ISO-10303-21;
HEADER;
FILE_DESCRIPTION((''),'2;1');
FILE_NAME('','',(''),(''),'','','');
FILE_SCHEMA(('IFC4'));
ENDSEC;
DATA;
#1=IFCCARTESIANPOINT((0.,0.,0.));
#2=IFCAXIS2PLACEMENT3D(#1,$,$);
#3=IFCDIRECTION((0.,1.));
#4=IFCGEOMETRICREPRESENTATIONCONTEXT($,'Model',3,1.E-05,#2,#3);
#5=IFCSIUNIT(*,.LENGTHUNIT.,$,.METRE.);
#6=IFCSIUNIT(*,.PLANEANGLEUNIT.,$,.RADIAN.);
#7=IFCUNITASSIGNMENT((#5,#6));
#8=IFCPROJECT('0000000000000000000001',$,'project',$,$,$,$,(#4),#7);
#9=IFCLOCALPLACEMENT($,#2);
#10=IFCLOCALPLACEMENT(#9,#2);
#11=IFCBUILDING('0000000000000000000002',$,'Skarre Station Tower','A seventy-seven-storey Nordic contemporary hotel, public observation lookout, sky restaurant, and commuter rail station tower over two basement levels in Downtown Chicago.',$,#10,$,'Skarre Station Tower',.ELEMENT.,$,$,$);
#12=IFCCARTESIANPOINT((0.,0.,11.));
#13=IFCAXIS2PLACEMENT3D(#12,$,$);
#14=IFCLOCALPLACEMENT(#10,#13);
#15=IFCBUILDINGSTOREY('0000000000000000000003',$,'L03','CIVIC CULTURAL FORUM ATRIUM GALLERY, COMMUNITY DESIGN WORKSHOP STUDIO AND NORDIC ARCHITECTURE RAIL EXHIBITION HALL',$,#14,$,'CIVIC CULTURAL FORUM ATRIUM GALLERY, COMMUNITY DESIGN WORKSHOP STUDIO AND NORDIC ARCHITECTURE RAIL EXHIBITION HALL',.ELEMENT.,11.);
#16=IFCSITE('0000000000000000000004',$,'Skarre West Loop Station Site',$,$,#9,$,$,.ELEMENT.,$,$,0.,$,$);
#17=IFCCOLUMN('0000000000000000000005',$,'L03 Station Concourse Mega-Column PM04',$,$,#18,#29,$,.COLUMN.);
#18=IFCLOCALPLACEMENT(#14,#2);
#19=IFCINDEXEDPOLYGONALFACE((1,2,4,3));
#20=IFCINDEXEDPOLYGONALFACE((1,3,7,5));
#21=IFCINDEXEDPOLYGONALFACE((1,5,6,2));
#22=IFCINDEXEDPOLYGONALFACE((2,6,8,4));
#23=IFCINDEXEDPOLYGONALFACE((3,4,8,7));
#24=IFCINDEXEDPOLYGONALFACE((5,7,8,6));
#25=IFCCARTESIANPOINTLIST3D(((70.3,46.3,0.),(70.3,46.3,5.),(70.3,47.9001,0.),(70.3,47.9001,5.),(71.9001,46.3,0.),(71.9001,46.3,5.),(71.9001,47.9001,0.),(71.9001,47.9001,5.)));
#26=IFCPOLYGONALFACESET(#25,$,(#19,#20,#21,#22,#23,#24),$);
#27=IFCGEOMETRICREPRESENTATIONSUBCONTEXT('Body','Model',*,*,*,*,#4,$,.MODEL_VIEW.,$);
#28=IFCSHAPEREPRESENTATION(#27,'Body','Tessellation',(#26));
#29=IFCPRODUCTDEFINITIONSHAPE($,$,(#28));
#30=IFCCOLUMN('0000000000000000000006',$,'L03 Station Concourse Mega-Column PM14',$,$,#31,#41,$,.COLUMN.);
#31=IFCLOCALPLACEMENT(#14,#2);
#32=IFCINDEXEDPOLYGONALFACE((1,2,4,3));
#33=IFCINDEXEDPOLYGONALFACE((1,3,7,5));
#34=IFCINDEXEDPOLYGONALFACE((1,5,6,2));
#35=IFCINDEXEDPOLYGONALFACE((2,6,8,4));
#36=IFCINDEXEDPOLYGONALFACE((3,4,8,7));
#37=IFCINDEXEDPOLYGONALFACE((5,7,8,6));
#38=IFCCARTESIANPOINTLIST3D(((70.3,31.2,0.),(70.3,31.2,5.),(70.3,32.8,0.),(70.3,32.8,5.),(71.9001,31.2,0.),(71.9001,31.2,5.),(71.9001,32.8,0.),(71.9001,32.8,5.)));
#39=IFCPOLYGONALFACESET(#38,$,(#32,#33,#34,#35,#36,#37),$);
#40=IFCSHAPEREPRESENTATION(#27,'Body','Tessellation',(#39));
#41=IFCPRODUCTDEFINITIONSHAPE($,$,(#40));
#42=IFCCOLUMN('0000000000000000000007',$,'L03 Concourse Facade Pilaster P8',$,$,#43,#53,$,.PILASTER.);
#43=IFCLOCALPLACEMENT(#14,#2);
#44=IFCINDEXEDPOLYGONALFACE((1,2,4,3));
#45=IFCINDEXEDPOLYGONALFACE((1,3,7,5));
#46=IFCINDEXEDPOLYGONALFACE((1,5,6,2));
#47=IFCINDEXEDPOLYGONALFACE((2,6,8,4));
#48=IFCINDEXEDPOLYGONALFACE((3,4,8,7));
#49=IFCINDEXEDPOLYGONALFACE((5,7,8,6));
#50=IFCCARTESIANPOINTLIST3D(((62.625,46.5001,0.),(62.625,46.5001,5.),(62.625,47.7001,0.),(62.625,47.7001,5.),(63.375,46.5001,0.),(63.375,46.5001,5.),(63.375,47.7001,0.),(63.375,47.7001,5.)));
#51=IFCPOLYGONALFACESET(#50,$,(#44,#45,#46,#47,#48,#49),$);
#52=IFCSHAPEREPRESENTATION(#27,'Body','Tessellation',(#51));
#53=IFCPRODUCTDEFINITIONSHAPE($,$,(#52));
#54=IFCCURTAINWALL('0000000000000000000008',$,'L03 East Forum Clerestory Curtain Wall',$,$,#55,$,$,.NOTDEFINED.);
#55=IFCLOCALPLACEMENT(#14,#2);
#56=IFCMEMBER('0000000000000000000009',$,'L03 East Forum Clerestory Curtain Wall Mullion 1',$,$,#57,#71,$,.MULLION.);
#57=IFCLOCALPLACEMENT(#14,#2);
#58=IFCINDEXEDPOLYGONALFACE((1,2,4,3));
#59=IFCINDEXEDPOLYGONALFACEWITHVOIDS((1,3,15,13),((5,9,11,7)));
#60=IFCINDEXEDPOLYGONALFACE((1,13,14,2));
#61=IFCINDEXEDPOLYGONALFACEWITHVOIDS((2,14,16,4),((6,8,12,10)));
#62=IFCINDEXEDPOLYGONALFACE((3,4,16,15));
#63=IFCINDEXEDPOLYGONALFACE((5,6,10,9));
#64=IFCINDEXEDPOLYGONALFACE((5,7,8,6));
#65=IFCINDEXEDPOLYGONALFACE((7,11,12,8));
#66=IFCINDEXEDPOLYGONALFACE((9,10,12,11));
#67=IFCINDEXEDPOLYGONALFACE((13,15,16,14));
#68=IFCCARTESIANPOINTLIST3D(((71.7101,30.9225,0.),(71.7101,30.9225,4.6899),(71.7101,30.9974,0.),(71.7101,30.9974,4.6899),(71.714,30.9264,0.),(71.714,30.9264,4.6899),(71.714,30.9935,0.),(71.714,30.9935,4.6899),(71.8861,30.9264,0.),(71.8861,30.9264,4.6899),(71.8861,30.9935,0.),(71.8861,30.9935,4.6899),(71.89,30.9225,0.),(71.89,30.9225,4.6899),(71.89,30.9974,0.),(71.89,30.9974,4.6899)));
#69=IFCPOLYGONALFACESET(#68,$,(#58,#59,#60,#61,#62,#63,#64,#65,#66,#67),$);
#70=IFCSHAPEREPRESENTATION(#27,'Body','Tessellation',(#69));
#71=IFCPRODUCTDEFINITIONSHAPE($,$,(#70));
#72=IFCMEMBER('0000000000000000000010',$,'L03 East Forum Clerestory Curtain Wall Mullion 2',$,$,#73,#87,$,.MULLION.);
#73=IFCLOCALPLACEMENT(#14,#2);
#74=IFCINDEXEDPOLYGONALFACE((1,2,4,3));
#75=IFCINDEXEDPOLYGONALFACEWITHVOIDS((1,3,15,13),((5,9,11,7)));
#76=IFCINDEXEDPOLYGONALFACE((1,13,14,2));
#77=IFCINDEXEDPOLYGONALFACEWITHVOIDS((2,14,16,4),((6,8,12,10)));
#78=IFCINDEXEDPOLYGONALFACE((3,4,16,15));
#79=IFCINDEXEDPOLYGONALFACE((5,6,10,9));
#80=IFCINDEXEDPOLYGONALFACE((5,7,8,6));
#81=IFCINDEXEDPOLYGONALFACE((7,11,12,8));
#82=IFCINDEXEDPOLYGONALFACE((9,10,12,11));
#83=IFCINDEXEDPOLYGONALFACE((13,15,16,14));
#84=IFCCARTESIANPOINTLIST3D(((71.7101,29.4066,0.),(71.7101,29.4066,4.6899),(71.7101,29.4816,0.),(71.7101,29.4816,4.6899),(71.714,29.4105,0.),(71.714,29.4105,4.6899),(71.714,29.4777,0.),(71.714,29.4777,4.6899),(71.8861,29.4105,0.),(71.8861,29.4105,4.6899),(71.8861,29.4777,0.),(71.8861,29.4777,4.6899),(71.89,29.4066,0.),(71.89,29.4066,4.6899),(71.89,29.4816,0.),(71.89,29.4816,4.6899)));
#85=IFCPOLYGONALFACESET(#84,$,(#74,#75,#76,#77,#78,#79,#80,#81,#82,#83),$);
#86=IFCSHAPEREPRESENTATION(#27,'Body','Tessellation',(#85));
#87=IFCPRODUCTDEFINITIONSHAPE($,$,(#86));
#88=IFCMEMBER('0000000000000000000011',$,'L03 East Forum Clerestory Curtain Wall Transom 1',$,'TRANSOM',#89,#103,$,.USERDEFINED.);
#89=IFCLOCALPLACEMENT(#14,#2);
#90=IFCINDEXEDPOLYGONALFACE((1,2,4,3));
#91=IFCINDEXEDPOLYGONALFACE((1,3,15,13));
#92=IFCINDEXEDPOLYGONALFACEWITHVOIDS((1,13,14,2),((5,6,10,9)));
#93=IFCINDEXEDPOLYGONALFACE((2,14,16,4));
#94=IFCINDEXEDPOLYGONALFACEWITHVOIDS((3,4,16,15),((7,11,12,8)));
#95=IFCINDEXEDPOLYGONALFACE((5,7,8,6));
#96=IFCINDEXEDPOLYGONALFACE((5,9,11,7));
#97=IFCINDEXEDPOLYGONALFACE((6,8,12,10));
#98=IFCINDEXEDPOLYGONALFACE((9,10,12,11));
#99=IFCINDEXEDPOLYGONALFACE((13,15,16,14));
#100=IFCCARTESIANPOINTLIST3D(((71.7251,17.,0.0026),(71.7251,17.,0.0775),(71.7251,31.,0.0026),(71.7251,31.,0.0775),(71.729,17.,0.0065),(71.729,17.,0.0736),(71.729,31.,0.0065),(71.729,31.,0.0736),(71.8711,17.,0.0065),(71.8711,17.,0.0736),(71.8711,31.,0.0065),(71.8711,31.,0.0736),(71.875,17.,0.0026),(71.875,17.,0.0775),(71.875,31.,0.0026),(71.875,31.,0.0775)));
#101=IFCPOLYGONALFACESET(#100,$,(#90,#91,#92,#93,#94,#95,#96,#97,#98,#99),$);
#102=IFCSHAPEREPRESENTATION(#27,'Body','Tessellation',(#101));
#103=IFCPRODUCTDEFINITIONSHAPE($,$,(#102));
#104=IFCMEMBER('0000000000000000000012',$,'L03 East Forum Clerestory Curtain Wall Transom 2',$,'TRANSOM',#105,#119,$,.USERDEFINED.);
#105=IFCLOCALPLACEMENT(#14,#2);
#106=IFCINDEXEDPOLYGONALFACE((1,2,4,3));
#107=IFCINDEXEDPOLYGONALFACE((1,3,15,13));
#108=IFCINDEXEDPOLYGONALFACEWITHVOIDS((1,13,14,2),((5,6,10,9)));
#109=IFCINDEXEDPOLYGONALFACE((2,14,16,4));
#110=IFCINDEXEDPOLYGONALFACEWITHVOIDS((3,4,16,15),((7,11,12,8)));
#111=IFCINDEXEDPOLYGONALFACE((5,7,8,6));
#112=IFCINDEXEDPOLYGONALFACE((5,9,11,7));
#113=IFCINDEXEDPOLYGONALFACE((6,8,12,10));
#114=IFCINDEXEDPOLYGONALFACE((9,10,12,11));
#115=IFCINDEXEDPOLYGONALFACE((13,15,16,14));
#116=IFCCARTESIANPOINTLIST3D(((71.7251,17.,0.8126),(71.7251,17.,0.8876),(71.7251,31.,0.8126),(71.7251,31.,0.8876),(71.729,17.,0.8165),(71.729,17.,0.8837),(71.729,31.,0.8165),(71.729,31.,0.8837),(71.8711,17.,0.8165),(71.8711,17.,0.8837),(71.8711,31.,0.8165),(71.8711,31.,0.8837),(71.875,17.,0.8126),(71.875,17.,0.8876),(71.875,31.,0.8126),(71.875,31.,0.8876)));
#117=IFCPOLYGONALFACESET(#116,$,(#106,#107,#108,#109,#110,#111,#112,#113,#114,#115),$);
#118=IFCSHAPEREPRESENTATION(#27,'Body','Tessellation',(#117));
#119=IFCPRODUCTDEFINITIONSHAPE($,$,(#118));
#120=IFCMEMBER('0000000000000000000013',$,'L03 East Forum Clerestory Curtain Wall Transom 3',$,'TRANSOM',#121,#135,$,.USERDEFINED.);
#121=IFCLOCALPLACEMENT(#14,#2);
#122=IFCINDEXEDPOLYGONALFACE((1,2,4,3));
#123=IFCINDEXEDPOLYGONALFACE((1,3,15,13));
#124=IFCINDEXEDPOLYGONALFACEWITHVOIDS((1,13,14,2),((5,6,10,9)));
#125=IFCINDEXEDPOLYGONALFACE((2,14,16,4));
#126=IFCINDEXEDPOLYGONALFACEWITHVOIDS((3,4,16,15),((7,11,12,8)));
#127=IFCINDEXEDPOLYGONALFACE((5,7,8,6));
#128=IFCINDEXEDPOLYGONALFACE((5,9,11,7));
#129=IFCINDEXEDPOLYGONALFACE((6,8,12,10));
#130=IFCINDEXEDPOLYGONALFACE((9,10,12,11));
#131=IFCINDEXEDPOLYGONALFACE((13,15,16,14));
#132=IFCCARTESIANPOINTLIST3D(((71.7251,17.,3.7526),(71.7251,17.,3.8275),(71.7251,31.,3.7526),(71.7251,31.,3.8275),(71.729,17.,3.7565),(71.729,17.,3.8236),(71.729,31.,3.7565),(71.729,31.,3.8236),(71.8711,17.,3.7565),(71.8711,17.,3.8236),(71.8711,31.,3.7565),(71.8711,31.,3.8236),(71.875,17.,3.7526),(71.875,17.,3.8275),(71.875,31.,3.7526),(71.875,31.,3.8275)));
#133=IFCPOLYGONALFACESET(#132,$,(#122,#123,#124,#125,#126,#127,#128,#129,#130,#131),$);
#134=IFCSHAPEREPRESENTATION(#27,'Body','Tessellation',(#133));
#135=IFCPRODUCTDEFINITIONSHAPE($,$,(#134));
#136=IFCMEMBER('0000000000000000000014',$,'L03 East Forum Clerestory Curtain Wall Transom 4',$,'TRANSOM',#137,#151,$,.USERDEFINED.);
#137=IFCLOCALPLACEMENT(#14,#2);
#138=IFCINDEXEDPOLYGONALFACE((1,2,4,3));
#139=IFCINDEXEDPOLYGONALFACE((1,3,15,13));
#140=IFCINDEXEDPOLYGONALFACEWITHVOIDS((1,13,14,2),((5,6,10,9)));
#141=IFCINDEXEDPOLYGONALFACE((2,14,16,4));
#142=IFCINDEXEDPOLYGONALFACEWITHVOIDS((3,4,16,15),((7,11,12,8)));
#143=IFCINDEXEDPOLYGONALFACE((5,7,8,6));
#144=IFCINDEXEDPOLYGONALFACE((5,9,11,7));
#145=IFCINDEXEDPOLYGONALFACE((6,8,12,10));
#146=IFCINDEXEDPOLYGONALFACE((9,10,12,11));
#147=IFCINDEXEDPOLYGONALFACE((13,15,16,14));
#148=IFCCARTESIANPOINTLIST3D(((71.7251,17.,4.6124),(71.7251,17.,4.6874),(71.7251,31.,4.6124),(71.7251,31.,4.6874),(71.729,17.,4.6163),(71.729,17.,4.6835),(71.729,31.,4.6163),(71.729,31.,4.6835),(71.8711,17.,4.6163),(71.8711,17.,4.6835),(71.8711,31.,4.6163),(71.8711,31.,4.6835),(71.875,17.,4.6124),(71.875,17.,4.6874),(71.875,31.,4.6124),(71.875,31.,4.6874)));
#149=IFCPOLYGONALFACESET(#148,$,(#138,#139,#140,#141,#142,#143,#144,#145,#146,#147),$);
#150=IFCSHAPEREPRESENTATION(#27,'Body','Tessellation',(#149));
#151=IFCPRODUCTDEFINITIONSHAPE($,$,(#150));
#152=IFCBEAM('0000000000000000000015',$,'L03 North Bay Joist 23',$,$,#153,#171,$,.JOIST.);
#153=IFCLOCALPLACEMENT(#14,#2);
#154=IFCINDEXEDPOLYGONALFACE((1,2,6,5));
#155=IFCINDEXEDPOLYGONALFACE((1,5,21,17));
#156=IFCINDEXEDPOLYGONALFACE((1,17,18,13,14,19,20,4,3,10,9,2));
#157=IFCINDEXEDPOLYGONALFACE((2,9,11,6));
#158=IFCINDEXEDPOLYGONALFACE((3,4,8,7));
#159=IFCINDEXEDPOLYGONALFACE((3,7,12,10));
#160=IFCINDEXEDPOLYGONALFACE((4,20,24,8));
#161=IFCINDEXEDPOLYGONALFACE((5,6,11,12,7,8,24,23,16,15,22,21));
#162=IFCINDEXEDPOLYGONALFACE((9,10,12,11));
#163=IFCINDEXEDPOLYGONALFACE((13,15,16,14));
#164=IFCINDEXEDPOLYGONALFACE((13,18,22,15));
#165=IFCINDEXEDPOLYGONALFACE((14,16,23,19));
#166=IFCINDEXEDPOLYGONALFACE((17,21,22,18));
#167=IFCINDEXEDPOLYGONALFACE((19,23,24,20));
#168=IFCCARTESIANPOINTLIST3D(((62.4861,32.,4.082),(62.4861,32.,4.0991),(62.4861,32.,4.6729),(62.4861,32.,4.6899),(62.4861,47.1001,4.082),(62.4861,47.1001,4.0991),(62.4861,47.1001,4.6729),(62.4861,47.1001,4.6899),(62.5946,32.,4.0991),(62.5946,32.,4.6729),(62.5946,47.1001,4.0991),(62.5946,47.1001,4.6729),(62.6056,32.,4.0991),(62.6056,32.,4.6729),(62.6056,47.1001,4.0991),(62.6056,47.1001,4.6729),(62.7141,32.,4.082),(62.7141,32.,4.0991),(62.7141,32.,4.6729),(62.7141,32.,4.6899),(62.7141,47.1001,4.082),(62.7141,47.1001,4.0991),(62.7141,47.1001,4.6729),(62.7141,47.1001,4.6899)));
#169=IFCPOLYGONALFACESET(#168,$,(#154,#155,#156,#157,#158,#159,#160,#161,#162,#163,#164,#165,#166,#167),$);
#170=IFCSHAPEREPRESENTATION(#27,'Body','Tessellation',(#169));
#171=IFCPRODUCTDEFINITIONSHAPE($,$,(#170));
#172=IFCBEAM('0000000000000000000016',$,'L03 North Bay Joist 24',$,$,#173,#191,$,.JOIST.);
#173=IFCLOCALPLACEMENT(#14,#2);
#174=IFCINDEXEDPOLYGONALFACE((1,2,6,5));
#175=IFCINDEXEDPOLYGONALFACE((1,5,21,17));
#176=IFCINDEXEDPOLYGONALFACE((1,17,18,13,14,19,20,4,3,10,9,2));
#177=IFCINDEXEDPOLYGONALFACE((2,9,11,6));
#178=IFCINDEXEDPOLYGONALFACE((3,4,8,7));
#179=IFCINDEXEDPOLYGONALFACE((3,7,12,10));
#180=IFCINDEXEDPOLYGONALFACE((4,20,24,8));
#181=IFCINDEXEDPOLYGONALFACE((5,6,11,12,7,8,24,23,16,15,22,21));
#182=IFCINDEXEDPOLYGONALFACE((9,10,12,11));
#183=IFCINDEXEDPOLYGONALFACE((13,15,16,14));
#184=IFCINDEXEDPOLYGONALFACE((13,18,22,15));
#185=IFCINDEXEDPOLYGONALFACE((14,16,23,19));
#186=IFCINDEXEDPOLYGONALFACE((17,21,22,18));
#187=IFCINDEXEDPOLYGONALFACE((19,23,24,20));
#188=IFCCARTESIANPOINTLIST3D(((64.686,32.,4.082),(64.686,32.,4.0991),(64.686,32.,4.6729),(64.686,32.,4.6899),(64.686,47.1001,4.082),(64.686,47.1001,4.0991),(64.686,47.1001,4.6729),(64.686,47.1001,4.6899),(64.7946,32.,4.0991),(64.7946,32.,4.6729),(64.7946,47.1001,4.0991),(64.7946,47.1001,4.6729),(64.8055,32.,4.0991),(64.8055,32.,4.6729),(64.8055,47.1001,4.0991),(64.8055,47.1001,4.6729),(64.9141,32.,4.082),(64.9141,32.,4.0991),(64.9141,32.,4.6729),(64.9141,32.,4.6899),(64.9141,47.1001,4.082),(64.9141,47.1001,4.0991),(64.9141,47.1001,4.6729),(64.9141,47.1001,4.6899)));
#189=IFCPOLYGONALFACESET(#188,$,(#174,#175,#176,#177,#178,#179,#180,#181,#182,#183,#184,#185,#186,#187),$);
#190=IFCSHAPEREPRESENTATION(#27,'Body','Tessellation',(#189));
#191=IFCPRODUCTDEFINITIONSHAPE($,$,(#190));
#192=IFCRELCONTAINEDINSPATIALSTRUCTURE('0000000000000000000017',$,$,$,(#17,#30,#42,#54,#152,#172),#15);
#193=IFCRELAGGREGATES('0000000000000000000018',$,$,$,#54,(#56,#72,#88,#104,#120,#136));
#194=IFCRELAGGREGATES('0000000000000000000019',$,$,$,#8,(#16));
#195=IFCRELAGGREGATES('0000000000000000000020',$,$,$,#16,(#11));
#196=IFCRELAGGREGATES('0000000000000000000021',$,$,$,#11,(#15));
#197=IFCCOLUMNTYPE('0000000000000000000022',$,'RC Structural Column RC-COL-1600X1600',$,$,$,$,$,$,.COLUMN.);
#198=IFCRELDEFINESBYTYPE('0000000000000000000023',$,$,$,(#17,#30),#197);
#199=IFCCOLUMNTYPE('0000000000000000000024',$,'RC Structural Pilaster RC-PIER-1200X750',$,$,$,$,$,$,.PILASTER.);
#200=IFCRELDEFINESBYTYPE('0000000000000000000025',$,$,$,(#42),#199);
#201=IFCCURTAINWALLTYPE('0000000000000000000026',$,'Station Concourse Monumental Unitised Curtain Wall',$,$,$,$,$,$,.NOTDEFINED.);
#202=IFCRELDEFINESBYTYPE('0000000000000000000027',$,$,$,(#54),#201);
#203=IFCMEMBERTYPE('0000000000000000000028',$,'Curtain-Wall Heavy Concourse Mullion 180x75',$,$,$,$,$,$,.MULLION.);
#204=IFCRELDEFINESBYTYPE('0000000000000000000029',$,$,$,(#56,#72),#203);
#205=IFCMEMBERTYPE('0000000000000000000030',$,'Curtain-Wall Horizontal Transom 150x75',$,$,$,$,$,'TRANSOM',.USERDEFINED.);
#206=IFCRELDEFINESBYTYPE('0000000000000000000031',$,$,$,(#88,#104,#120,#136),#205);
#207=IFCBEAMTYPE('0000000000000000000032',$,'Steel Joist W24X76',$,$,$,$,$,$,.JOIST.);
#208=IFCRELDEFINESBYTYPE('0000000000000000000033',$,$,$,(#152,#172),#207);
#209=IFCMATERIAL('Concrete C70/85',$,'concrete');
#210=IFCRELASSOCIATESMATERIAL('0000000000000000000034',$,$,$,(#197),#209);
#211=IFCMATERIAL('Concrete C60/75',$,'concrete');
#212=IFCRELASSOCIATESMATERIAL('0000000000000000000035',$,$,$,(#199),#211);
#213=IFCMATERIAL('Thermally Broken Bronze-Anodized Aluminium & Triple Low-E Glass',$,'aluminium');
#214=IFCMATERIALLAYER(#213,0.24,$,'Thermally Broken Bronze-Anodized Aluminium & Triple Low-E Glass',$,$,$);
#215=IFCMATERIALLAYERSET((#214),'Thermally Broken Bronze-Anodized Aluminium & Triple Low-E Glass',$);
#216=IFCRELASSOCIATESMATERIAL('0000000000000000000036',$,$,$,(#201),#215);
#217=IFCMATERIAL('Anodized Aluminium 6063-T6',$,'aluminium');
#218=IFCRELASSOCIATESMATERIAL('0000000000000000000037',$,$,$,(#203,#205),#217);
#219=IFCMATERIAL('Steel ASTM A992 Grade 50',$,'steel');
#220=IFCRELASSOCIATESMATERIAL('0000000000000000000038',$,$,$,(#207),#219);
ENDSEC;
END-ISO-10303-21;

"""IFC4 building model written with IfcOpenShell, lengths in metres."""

from ifc_helpers import new_model, si_unit, direction, frame, origin, origin_2d, place, context, subcontext, project, spatial, rectangle, hollow_rectangle, i_section, extrude, material, layer, layer_set, material_profile, profile_set, type_object, element, aggregate, save


model = new_model("IFC4")

# Units and contexts
model_context = context("Model", 3, precision=1e-05, world=origin(), true_north=direction((0.0, 1.0)))
body_context = subcontext(model_context, "Body", "Model", "MODEL_VIEW")
ifc_project = project(units=[si_unit("LENGTHUNIT", "METRE"), si_unit("PLANEANGLEUNIT", "RADIAN")], contexts=[model_context])

# Site, building, storey
site_placement = place(None, origin())
site = spatial("IfcSite", under=ifc_project, at=site_placement, Name="Skarre West Loop Station Site", CompositionType="ELEMENT", RefElevation=0.0)
building_placement = place(site_placement, origin())
building = spatial("IfcBuilding", under=site, at=building_placement, Name="Skarre Station Tower", Description="A seventy-seven-storey Nordic contemporary hotel, public observation lookout, sky restaurant, and commuter rail station tower over two basement levels in Downtown Chicago.", LongName="Skarre Station Tower", CompositionType="ELEMENT")
storey_placement = place(building_placement, frame((0.0, 0.0, 11.0)))
storey = spatial("IfcBuildingStorey", under=building, at=storey_placement, Name="L03", Description="CIVIC CULTURAL FORUM ATRIUM GALLERY, COMMUNITY DESIGN WORKSHOP STUDIO AND NORDIC ARCHITECTURE RAIL EXHIBITION HALL", LongName="CIVIC CULTURAL FORUM ATRIUM GALLERY, COMMUNITY DESIGN WORKSHOP STUDIO AND NORDIC ARCHITECTURE RAIL EXHIBITION HALL", CompositionType="ELEMENT", Elevation=11.0)

# Columns
ifc_material_1 = material(Name="Concrete C70/85", Category="concrete")
ifc_material_profile_1 = material_profile(ifc_material_1, rectangle(XDim=1.6001, YDim=1.6001, at=origin_2d()), Name="Concrete C70/85")
ifc_profile_set_1 = profile_set([ifc_material_profile_1], Name="Concrete C70/85")
column_type_1 = type_object("IfcColumnType", Name="RC Structural Column RC-COL-1600X1600", PredefinedType="COLUMN", material=ifc_profile_set_1)
for number, where, z_axis, x_axis, name in (
    (1, (71.1001, 47.1001, 0.0), (0.0, 0.0, 1.0), (1.0, 0.0, 0.0), "L03 Station Concourse Mega-Column PM04"),
    (2, (71.1001, 32.0, 0.0), (0.0, 0.0, 1.0), (1.0, 0.0, 0.0), "L03 Station Concourse Mega-Column PM14"),
):
    element("IfcColumn", number, at=place(storey_placement, frame(where, z_axis=z_axis, x_axis=x_axis)), inside=storey, type_object=column_type_1, Name=name, PredefinedType="COLUMN", context=body_context, shape_type="SweptSolid", body=[
        extrude(rectangle(XDim=1.6001, YDim=1.6001, at=origin_2d()), origin(), (0.0, 0.0, 1.0), 5.0),
    ])
ifc_material_2 = material(Name="Concrete C60/75", Category="concrete")
ifc_material_profile_2 = material_profile(ifc_material_2, rectangle(XDim=0.75, YDim=1.2, at=origin_2d()), Name="Concrete C60/75")
ifc_profile_set_2 = profile_set([ifc_material_profile_2], Name="Concrete C60/75")
column_type_2 = type_object("IfcColumnType", Name="RC Structural Pilaster RC-PIER-1200X750", PredefinedType="PILASTER", material=ifc_profile_set_2)
column_placement = place(storey_placement, frame((63.0, 47.1001, 0.0), z_axis=(0.0, 0.0, 1.0), x_axis=(1.0, 0.0, 0.0)))
element("IfcColumn", 3, at=column_placement, inside=storey, type_object=column_type_2, Name="L03 Concourse Facade Pilaster P8", PredefinedType="PILASTER", context=body_context, shape_type="SweptSolid", body=[
    extrude(rectangle(XDim=0.75, YDim=1.2, at=origin_2d()), origin(), (0.0, 0.0, 1.0), 5.0),
])

# Curtain wall, members
ifc_material_3 = material(Name="Thermally Broken Bronze-Anodized Aluminium & Triple Low-E Glass", Category="aluminium")
ifc_layer_1 = layer(ifc_material_3, 0.24, Name="Thermally Broken Bronze-Anodized Aluminium & Triple Low-E Glass")
ifc_layer_set_1 = layer_set([ifc_layer_1], Name="Thermally Broken Bronze-Anodized Aluminium & Triple Low-E Glass")
curtain_wall_type = type_object("IfcCurtainWallType", Name="Station Concourse Monumental Unitised Curtain Wall", PredefinedType="NOTDEFINED", material=ifc_layer_set_1)
curtain_wall_placement = place(storey_placement, origin())
curtain_wall = element("IfcCurtainWall", 4, at=curtain_wall_placement, inside=storey, type_object=curtain_wall_type, Name="L03 East Forum Clerestory Curtain Wall", PredefinedType="NOTDEFINED")
ifc_material_4 = material(Name="Anodized Aluminium 6063-T6", Category="aluminium")
ifc_material_profile_3 = material_profile(ifc_material_4, hollow_rectangle(XDim=0.075, YDim=0.1799, WallThickness=0.0039, at=origin_2d()), Name="Anodized Aluminium 6063-T6")
ifc_profile_set_3 = profile_set([ifc_material_profile_3], Name="Anodized Aluminium 6063-T6")
member_type_1 = type_object("IfcMemberType", Name="Curtain-Wall Heavy Concourse Mullion 180x75", PredefinedType="MULLION", material=ifc_profile_set_3)
member_1_placement = place(storey_placement, frame((71.8, 30.96, 0.0), z_axis=(0.0, 0.0, 1.0), x_axis=(0.0, -1.0, 0.0)))
member_1 = element("IfcMember", 5, at=member_1_placement, type_object=member_type_1, Name="L03 East Forum Clerestory Curtain Wall Mullion 1", PredefinedType="MULLION", context=body_context, shape_type="SweptSolid", body=[
    extrude(hollow_rectangle(XDim=0.075, YDim=0.1799, WallThickness=0.0039, at=origin_2d()), origin(), (0.0, 0.0, 1.0), 4.6899),
])
member_2_placement = place(storey_placement, frame((71.8, 29.4441, 0.0), z_axis=(0.0, 0.0, 1.0), x_axis=(0.0, -1.0, 0.0)))
member_2 = element("IfcMember", 6, at=member_2_placement, type_object=member_type_1, Name="L03 East Forum Clerestory Curtain Wall Mullion 2", PredefinedType="MULLION", context=body_context, shape_type="SweptSolid", body=[
    extrude(hollow_rectangle(XDim=0.075, YDim=0.1799, WallThickness=0.0039, at=origin_2d()), origin(), (0.0, 0.0, 1.0), 4.6899),
])
ifc_material_profile_4 = material_profile(ifc_material_4, hollow_rectangle(XDim=0.075, YDim=0.1499, WallThickness=0.0039, at=origin_2d()), Name="Anodized Aluminium 6063-T6")
ifc_profile_set_4 = profile_set([ifc_material_profile_4], Name="Anodized Aluminium 6063-T6")
member_type_2 = type_object("IfcMemberType", Name="Curtain-Wall Horizontal Transom 150x75", ElementType="TRANSOM", PredefinedType="USERDEFINED", material=ifc_profile_set_4)
member_3_placement = place(storey_placement, frame((71.8, 31.0, 0.04), z_axis=(0.0, -1.0, 0.0), x_axis=(0.0, 0.0, 1.0)))
member_3 = element("IfcMember", 7, at=member_3_placement, type_object=member_type_2, Name="L03 East Forum Clerestory Curtain Wall Transom 1", ObjectType="TRANSOM", PredefinedType="USERDEFINED", context=body_context, shape_type="SweptSolid", body=[
    extrude(hollow_rectangle(XDim=0.075, YDim=0.1499, WallThickness=0.0039, at=origin_2d()), origin(), (0.0, 0.0, 1.0), 14.0),
])
member_4_placement = place(storey_placement, frame((71.8, 31.0, 0.8501), z_axis=(0.0, -1.0, 0.0), x_axis=(0.0, 0.0, 1.0)))
member_4 = element("IfcMember", 8, at=member_4_placement, type_object=member_type_2, Name="L03 East Forum Clerestory Curtain Wall Transom 2", ObjectType="TRANSOM", PredefinedType="USERDEFINED", context=body_context, shape_type="SweptSolid", body=[
    extrude(hollow_rectangle(XDim=0.075, YDim=0.1499, WallThickness=0.0039, at=origin_2d()), origin(), (0.0, 0.0, 1.0), 14.0),
])
member_5_placement = place(storey_placement, frame((71.8, 31.0, 3.79), z_axis=(0.0, -1.0, 0.0), x_axis=(0.0, 0.0, 1.0)))
member_5 = element("IfcMember", 9, at=member_5_placement, type_object=member_type_2, Name="L03 East Forum Clerestory Curtain Wall Transom 3", ObjectType="TRANSOM", PredefinedType="USERDEFINED", context=body_context, shape_type="SweptSolid", body=[
    extrude(hollow_rectangle(XDim=0.075, YDim=0.1499, WallThickness=0.0039, at=origin_2d()), origin(), (0.0, 0.0, 1.0), 14.0),
])
member_6_placement = place(storey_placement, frame((71.8, 31.0, 4.6499), z_axis=(0.0, -1.0, 0.0), x_axis=(0.0, 0.0, 1.0)))
member_6 = element("IfcMember", 10, at=member_6_placement, type_object=member_type_2, Name="L03 East Forum Clerestory Curtain Wall Transom 4", ObjectType="TRANSOM", PredefinedType="USERDEFINED", context=body_context, shape_type="SweptSolid", body=[
    extrude(hollow_rectangle(XDim=0.075, YDim=0.1499, WallThickness=0.0039, at=origin_2d()), origin(), (0.0, 0.0, 1.0), 14.0),
])

# Beams
ifc_material_5 = material(Name="Steel ASTM A992 Grade 50", Category="steel")
ifc_material_profile_5 = material_profile(ifc_material_5, i_section(OverallWidth=0.228, OverallDepth=0.6079, WebThickness=0.011, FlangeThickness=0.0171, at=origin_2d()), Name="Steel ASTM A992 Grade 50")
ifc_profile_set_5 = profile_set([ifc_material_profile_5], Name="Steel ASTM A992 Grade 50")
beam_type_1 = type_object("IfcBeamType", Name="Steel Joist W24X76", PredefinedType="JOIST", material=ifc_profile_set_5)
for number, where, z_axis, x_axis, name in (
    (11, (62.6001, 32.0, 4.386), (0.0, 1.0, 0.0), (-1.0, 0.0, 0.0), "L03 North Bay Joist 23"),
    (12, (64.8, 32.0, 4.386), (0.0, 1.0, 0.0), (-1.0, 0.0, 0.0), "L03 North Bay Joist 24"),
):
    element("IfcBeam", number, at=place(storey_placement, frame(where, z_axis=z_axis, x_axis=x_axis)), inside=storey, type_object=beam_type_1, Name=name, PredefinedType="JOIST", context=body_context, shape_type="SweptSolid", body=[
        extrude(i_section(OverallWidth=0.228, OverallDepth=0.6079, WebThickness=0.011, FlangeThickness=0.0171, at=origin_2d()), origin(), (0.0, 0.0, 1.0), 15.1001),
    ])

aggregate(curtain_wall, [member_1, member_2, member_3, member_4, member_5, member_6])

save(model, "model.ifc")
